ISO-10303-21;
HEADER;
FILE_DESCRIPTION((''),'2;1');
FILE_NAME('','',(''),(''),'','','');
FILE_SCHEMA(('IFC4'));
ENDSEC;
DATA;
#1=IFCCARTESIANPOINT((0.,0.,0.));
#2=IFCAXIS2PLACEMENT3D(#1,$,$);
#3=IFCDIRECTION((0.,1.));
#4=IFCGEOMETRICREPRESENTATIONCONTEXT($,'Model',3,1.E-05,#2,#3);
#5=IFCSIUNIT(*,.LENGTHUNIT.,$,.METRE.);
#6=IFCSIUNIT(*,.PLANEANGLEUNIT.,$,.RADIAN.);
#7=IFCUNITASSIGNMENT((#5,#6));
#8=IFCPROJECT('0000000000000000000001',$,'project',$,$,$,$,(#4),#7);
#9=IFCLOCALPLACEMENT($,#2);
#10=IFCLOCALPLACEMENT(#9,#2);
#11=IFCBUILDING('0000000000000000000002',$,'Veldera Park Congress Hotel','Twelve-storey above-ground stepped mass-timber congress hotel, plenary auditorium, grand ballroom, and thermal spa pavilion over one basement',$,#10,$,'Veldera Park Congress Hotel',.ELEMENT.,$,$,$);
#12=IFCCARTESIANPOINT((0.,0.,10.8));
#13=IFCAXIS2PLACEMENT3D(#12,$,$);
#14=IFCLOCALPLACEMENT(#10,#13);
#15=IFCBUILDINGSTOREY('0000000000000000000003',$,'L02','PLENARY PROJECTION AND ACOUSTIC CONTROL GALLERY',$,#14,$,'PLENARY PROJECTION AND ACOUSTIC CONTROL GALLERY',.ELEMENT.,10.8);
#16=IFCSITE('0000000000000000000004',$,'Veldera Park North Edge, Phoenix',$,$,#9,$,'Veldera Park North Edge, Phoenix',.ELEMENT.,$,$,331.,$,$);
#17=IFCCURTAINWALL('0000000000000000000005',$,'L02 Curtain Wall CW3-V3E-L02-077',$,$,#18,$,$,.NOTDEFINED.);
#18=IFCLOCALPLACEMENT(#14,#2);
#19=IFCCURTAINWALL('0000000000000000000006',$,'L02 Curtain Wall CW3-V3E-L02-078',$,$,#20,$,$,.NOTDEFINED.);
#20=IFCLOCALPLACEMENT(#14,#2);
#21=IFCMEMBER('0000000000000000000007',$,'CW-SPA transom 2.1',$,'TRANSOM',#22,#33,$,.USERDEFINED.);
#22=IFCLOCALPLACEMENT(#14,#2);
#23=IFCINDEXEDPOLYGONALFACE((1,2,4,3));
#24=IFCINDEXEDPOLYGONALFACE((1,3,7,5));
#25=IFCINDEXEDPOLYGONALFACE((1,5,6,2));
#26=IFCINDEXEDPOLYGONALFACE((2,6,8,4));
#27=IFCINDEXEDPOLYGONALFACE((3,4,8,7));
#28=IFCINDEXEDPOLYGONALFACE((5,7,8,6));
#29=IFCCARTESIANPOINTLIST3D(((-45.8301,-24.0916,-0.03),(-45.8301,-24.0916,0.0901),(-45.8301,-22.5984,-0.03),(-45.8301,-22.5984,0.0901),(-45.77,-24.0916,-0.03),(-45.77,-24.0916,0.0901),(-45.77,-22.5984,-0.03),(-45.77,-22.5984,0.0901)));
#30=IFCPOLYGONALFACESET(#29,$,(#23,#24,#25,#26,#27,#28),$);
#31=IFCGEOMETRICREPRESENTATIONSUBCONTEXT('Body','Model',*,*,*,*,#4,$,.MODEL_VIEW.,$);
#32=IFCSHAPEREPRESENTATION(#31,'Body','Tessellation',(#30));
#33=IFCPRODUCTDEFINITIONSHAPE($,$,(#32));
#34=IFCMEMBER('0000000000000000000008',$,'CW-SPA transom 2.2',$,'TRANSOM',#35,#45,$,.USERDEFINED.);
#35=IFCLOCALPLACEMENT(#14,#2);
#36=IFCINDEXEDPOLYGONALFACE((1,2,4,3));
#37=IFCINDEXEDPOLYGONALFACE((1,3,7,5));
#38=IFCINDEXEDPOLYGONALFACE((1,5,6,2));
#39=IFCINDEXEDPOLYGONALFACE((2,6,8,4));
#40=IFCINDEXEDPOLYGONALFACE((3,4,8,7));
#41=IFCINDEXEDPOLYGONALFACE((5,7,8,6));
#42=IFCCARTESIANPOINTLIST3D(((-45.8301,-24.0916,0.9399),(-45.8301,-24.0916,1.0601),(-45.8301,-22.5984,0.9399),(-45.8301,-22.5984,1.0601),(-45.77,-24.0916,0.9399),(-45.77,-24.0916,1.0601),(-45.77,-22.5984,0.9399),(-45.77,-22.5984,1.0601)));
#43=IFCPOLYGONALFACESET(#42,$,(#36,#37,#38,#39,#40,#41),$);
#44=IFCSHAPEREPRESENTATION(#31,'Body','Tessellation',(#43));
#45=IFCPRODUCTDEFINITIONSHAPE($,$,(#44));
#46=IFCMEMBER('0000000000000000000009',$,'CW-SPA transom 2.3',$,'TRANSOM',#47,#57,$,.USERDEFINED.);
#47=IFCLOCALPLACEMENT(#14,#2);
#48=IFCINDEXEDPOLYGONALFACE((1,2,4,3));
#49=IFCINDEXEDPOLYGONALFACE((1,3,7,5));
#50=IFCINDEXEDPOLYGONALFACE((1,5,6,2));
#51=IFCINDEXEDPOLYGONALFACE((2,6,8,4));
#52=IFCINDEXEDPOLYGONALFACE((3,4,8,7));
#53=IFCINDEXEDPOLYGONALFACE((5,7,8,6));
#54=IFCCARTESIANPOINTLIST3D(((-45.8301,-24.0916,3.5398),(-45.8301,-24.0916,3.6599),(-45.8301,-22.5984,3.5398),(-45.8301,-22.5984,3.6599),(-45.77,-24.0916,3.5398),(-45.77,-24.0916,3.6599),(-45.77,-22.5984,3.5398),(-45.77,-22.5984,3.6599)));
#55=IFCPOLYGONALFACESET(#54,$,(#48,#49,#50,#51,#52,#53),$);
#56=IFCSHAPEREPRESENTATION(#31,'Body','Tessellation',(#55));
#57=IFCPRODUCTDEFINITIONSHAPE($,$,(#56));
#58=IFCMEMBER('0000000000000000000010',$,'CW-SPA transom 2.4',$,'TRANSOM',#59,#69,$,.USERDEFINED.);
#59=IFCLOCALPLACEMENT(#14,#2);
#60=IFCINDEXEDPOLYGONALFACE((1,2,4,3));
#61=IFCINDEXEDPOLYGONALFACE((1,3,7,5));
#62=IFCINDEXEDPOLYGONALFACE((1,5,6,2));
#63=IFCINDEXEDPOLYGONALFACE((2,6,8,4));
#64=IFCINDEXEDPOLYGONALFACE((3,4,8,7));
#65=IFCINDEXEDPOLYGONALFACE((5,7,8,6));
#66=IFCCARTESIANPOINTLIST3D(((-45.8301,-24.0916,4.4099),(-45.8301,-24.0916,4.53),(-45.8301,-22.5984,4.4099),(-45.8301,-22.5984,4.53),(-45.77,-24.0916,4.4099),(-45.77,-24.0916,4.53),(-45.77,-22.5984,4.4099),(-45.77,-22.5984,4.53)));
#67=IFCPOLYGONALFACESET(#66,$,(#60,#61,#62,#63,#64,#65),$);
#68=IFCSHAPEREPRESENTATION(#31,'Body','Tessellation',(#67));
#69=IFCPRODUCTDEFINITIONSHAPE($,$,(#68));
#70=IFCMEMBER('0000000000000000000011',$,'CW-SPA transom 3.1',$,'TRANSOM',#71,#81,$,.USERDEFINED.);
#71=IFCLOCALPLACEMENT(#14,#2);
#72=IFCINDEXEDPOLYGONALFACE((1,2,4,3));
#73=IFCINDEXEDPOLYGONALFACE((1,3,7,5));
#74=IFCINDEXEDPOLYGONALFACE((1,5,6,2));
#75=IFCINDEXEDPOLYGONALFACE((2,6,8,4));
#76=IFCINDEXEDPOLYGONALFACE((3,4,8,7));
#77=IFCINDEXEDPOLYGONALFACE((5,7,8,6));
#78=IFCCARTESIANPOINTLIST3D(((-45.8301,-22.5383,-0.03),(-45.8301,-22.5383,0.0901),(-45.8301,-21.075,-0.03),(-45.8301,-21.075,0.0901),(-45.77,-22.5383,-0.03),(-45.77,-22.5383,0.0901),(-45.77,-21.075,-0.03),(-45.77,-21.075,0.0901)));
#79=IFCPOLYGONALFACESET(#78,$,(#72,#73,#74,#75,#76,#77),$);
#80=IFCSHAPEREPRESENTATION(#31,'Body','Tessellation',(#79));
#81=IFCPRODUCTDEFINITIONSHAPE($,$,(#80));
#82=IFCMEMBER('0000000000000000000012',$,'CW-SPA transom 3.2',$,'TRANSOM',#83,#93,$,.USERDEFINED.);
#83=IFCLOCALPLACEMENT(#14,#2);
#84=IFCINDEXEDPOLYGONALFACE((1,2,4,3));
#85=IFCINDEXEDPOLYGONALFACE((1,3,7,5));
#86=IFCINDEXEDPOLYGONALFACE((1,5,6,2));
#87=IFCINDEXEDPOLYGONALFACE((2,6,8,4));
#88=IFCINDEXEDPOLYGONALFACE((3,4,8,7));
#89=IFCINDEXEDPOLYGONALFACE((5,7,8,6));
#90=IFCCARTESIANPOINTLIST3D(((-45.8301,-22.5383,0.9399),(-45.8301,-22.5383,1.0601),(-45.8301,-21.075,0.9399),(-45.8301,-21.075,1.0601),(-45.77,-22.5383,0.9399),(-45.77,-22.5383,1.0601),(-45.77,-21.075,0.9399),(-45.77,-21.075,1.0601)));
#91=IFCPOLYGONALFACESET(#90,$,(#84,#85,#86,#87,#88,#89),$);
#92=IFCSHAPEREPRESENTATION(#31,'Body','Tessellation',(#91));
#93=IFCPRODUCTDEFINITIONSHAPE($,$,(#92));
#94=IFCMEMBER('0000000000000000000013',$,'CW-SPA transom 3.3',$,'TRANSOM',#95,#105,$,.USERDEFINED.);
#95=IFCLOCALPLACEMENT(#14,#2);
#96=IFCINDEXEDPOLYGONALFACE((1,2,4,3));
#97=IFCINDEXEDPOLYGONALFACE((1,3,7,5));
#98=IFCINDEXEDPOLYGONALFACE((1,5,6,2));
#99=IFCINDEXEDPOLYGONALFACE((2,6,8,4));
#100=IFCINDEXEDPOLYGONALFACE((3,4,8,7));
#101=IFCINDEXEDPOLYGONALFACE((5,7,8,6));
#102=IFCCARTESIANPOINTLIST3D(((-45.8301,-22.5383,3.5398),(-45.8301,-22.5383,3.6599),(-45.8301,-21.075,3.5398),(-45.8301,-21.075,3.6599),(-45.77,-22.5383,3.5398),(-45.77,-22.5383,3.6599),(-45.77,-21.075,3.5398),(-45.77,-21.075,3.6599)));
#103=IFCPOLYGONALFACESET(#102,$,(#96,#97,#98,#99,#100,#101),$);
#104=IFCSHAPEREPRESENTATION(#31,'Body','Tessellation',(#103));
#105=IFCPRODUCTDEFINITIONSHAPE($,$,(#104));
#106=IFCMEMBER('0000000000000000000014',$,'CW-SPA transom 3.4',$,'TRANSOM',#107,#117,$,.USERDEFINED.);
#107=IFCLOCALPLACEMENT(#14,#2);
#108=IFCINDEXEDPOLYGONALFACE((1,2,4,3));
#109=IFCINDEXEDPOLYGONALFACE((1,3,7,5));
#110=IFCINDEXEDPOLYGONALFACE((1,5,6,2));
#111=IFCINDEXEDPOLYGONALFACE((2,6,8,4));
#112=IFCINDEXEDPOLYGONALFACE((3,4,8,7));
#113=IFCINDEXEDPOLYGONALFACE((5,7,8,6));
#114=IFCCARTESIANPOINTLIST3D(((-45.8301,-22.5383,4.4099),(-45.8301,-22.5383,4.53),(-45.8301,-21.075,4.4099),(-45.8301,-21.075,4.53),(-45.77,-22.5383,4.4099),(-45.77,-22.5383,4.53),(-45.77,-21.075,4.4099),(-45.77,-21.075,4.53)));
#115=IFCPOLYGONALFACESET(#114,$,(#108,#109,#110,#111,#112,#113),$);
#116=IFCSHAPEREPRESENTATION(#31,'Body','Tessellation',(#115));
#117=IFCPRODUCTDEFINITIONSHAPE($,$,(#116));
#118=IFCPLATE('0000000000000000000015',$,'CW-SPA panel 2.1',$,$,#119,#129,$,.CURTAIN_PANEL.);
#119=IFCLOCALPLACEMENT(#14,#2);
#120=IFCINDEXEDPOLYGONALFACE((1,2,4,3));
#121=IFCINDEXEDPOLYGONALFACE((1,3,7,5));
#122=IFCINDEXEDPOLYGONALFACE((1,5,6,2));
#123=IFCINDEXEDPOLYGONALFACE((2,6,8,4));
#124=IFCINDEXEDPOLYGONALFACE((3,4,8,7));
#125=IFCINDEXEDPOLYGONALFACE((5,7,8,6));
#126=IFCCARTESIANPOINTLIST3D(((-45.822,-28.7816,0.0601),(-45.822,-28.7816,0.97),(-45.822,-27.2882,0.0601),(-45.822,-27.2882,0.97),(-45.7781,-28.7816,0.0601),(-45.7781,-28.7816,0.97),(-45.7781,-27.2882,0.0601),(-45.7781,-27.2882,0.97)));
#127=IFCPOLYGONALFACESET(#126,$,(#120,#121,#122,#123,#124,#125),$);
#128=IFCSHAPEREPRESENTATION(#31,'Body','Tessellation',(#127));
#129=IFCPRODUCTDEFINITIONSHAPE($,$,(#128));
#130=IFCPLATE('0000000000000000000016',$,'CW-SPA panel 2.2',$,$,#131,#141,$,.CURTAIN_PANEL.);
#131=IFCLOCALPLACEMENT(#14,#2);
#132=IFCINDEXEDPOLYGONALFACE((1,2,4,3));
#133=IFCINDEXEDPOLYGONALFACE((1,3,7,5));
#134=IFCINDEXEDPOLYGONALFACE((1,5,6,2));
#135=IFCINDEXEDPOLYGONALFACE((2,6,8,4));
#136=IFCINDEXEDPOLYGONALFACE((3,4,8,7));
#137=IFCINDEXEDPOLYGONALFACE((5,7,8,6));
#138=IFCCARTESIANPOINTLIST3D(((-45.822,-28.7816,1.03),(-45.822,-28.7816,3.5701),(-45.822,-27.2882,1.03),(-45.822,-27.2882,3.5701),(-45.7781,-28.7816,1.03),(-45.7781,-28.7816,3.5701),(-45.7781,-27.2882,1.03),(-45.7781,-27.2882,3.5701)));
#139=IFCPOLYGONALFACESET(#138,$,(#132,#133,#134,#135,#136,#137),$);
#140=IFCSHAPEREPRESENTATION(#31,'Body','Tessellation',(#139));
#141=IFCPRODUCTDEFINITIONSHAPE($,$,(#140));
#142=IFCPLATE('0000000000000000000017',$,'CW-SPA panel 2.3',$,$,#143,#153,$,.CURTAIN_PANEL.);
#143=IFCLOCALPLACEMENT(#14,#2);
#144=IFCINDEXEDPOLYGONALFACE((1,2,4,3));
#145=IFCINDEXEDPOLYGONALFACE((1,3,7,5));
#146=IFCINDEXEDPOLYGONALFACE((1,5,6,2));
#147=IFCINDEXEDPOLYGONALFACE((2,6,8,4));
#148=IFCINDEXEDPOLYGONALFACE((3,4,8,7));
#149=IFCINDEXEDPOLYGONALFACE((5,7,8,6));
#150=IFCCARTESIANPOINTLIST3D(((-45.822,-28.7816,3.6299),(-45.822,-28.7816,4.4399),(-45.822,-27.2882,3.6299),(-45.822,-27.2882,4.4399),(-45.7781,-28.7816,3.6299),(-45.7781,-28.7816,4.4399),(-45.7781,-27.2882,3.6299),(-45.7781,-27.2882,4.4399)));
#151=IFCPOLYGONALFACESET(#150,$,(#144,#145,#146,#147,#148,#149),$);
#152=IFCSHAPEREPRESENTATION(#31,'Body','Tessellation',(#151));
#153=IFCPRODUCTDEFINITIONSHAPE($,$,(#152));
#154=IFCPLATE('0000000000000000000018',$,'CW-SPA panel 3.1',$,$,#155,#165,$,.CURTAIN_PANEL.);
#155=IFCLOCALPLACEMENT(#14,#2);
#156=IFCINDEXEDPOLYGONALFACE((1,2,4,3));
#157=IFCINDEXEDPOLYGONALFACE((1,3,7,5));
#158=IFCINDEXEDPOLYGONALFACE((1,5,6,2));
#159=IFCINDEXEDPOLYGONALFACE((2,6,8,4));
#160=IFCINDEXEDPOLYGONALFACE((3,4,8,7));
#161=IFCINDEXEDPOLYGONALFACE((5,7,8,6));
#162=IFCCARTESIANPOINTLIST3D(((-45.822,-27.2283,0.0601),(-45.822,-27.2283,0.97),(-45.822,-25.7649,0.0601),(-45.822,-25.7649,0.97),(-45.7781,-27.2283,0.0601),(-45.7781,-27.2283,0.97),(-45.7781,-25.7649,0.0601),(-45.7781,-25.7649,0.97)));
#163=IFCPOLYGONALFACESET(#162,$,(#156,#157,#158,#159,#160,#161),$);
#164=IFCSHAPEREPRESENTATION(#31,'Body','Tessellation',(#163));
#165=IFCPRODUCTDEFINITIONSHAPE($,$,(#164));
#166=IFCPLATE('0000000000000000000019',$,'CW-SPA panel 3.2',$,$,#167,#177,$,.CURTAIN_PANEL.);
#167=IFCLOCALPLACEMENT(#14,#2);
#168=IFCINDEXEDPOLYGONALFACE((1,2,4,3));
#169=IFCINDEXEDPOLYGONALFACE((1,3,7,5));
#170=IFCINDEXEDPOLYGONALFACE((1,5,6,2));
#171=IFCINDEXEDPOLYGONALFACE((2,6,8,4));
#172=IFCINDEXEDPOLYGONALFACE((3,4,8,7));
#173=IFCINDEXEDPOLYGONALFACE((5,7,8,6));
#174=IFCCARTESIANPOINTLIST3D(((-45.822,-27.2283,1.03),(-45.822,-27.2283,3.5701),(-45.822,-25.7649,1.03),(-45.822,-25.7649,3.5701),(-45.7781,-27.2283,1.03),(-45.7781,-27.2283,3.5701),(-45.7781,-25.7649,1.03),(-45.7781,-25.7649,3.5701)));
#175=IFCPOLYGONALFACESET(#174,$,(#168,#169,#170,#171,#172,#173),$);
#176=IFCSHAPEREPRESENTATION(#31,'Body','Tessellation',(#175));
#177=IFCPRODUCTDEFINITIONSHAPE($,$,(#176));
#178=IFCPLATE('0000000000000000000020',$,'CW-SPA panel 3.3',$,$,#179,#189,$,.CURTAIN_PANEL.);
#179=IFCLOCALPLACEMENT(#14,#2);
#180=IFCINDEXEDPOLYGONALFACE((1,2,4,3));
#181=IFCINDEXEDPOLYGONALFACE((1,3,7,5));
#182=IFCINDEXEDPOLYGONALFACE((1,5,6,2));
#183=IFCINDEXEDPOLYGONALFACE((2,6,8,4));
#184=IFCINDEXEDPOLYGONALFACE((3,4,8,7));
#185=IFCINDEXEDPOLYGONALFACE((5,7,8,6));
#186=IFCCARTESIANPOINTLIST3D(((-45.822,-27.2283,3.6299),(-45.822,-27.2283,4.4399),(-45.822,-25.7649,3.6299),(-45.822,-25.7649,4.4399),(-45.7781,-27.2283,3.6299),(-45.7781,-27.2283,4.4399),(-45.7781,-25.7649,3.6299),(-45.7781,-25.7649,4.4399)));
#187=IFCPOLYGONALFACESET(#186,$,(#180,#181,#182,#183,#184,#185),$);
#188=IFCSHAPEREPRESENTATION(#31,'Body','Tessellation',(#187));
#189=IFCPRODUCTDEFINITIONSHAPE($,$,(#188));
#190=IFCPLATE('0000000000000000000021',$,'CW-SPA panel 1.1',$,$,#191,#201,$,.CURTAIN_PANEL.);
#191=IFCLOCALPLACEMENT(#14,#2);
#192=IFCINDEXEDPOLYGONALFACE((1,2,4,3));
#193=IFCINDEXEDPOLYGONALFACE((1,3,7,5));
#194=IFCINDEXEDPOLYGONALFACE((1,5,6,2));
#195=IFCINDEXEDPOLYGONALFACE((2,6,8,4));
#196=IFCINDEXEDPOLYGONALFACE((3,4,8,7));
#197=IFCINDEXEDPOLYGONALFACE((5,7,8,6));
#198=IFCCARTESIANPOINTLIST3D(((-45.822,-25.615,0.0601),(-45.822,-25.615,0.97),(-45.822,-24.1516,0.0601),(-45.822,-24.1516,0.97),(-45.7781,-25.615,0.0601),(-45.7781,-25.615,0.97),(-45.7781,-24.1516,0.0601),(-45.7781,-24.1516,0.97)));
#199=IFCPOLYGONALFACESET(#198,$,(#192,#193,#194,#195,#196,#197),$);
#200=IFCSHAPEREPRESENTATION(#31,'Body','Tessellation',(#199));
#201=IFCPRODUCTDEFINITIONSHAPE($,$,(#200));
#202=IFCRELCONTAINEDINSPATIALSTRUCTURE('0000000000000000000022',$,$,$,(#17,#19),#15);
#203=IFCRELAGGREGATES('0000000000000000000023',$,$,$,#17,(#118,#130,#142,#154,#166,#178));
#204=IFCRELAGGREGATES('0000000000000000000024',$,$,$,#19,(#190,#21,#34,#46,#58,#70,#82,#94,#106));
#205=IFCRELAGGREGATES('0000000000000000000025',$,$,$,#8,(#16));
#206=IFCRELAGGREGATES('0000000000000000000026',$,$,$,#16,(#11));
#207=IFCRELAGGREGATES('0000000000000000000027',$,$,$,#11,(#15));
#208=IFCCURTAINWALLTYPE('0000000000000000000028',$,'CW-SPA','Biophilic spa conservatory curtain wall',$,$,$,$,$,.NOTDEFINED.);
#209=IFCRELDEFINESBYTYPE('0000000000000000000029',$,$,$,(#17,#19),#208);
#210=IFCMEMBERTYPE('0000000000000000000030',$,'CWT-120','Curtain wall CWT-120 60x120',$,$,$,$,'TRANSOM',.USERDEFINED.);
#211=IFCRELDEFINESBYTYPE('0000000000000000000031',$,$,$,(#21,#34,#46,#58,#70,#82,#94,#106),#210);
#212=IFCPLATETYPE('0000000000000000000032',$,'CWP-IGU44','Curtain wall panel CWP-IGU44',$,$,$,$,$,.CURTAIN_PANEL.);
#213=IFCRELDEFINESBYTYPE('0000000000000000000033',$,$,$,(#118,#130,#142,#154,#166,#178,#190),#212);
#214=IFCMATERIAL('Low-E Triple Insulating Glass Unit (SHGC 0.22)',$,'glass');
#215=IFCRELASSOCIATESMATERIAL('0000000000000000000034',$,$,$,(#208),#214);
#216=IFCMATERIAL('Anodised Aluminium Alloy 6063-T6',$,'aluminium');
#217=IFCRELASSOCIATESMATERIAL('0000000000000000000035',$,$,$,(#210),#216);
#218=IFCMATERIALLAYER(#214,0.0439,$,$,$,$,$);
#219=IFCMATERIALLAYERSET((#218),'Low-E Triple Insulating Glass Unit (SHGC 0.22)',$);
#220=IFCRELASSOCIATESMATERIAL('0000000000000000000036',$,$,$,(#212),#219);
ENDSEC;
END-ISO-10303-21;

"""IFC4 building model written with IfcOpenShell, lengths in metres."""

from ifc_helpers import new_model, si_unit, direction, frame, origin, origin_2d, place, context, subcontext, project, spatial, rectangle, extrude, material, layer, layer_set, material_profile, profile_set, type_object, element, aggregate, save


model = new_model("IFC4")

# Units and contexts
model_context = context("Model", 3, precision=1e-05, world=origin(), true_north=direction((0.0, 1.0)))
body_context = subcontext(model_context, "Body", "Model", "MODEL_VIEW")
ifc_project = project(units=[si_unit("LENGTHUNIT", "METRE"), si_unit("PLANEANGLEUNIT", "RADIAN")], contexts=[model_context])

# Site, building, storey
site_placement = place(None, origin())
site = spatial("IfcSite", under=ifc_project, at=site_placement, Name="Veldera Park North Edge, Phoenix", LongName="Veldera Park North Edge, Phoenix", CompositionType="ELEMENT", RefElevation=331.0)
building_placement = place(site_placement, origin())
building = spatial("IfcBuilding", under=site, at=building_placement, Name="Veldera Park Congress Hotel", Description="Twelve-storey above-ground stepped mass-timber congress hotel, plenary auditorium, grand ballroom, and thermal spa pavilion over one basement", LongName="Veldera Park Congress Hotel", CompositionType="ELEMENT")
storey_placement = place(building_placement, frame((0.0, 0.0, 10.8)))
storey = spatial("IfcBuildingStorey", under=building, at=storey_placement, Name="L02", Description="PLENARY PROJECTION AND ACOUSTIC CONTROL GALLERY", LongName="PLENARY PROJECTION AND ACOUSTIC CONTROL GALLERY", CompositionType="ELEMENT", Elevation=10.8)

# Curtain walls
ifc_material_1 = material(Name="Low-E Triple Insulating Glass Unit (SHGC 0.22)", Category="glass")
curtain_wall_type = type_object("IfcCurtainWallType", Name="CW-SPA", Description="Biophilic spa conservatory curtain wall", PredefinedType="NOTDEFINED", material=ifc_material_1)
curtain_wall_1_placement = place(storey_placement, origin())
curtain_wall_1 = element("IfcCurtainWall", 1, at=curtain_wall_1_placement, inside=storey, type_object=curtain_wall_type, Name="L02 Curtain Wall CW3-V3E-L02-077", PredefinedType="NOTDEFINED")
ifc_material_2 = material(Name="Anodised Aluminium Alloy 6063-T6", Category="aluminium")
curtain_wall_2_placement = place(storey_placement, origin())
curtain_wall_2 = element("IfcCurtainWall", 2, at=curtain_wall_2_placement, inside=storey, type_object=curtain_wall_type, Name="L02 Curtain Wall CW3-V3E-L02-078", PredefinedType="NOTDEFINED")

# Members
ifc_material_profile_1 = material_profile(ifc_material_2, rectangle(XDim=0.0601, YDim=0.1201, at=origin_2d()), Name="ALU 60x120")
ifc_profile_set_1 = profile_set([ifc_material_profile_1], Name="Anodised Aluminium Alloy 6063-T6")
member_type_1 = type_object("IfcMemberType", Name="CWT-120", Description="Curtain wall CWT-120 60x120", ElementType="TRANSOM", PredefinedType="USERDEFINED", material=ifc_profile_set_1)
member_1_placement = place(storey_placement, frame((-45.8, -24.0916, 0.03), z_axis=(0.0, 1.0, 0.0), x_axis=(-1.0, 0.0, 0.0)))
member_1 = element("IfcMember", 3, at=member_1_placement, type_object=member_type_1, Name="CW-SPA transom 2.1", ObjectType="TRANSOM", PredefinedType="USERDEFINED", context=body_context, shape_type="SweptSolid", body=[
    extrude(rectangle(XDim=0.0601, YDim=0.1201, at=origin_2d()), origin(), (0.0, 0.0, 1.0), 1.4932),
])
member_2_placement = place(storey_placement, frame((-45.8, -24.0916, 1.0), z_axis=(0.0, 1.0, 0.0), x_axis=(-1.0, 0.0, 0.0)))
member_2 = element("IfcMember", 4, at=member_2_placement, type_object=member_type_1, Name="CW-SPA transom 2.2", ObjectType="TRANSOM", PredefinedType="USERDEFINED", context=body_context, shape_type="SweptSolid", body=[
    extrude(rectangle(XDim=0.0601, YDim=0.1201, at=origin_2d()), origin(), (0.0, 0.0, 1.0), 1.4932),
])
member_3_placement = place(storey_placement, frame((-45.8, -24.0916, 3.5999), z_axis=(0.0, 1.0, 0.0), x_axis=(-1.0, 0.0, 0.0)))
member_3 = element("IfcMember", 5, at=member_3_placement, type_object=member_type_1, Name="CW-SPA transom 2.3", ObjectType="TRANSOM", PredefinedType="USERDEFINED", context=body_context, shape_type="SweptSolid", body=[
    extrude(rectangle(XDim=0.0601, YDim=0.1201, at=origin_2d()), origin(), (0.0, 0.0, 1.0), 1.4932),
])
member_4_placement = place(storey_placement, frame((-45.8, -24.0916, 4.47), z_axis=(0.0, 1.0, 0.0), x_axis=(-1.0, 0.0, 0.0)))
member_4 = element("IfcMember", 6, at=member_4_placement, type_object=member_type_1, Name="CW-SPA transom 2.4", ObjectType="TRANSOM", PredefinedType="USERDEFINED", context=body_context, shape_type="SweptSolid", body=[
    extrude(rectangle(XDim=0.0601, YDim=0.1201, at=origin_2d()), origin(), (0.0, 0.0, 1.0), 1.4932),
])
member_5_placement = place(storey_placement, frame((-45.8, -22.5383, 0.03), z_axis=(0.0, 1.0, 0.0), x_axis=(-1.0, 0.0, 0.0)))
member_5 = element("IfcMember", 7, at=member_5_placement, type_object=member_type_1, Name="CW-SPA transom 3.1", ObjectType="TRANSOM", PredefinedType="USERDEFINED", context=body_context, shape_type="SweptSolid", body=[
    extrude(rectangle(XDim=0.0601, YDim=0.1201, at=origin_2d()), origin(), (0.0, 0.0, 1.0), 1.4634),
])
member_6_placement = place(storey_placement, frame((-45.8, -22.5383, 1.0), z_axis=(0.0, 1.0, 0.0), x_axis=(-1.0, 0.0, 0.0)))
member_6 = element("IfcMember", 8, at=member_6_placement, type_object=member_type_1, Name="CW-SPA transom 3.2", ObjectType="TRANSOM", PredefinedType="USERDEFINED", context=body_context, shape_type="SweptSolid", body=[
    extrude(rectangle(XDim=0.0601, YDim=0.1201, at=origin_2d()), origin(), (0.0, 0.0, 1.0), 1.4634),
])
member_7_placement = place(storey_placement, frame((-45.8, -22.5383, 3.5999), z_axis=(0.0, 1.0, 0.0), x_axis=(-1.0, 0.0, 0.0)))
member_7 = element("IfcMember", 9, at=member_7_placement, type_object=member_type_1, Name="CW-SPA transom 3.3", ObjectType="TRANSOM", PredefinedType="USERDEFINED", context=body_context, shape_type="SweptSolid", body=[
    extrude(rectangle(XDim=0.0601, YDim=0.1201, at=origin_2d()), origin(), (0.0, 0.0, 1.0), 1.4634),
])
member_8_placement = place(storey_placement, frame((-45.8, -22.5383, 4.47), z_axis=(0.0, 1.0, 0.0), x_axis=(-1.0, 0.0, 0.0)))
member_8 = element("IfcMember", 10, at=member_8_placement, type_object=member_type_1, Name="CW-SPA transom 3.4", ObjectType="TRANSOM", PredefinedType="USERDEFINED", context=body_context, shape_type="SweptSolid", body=[
    extrude(rectangle(XDim=0.0601, YDim=0.1201, at=origin_2d()), origin(), (0.0, 0.0, 1.0), 1.4634),
])

# Plates
ifc_layer = layer(ifc_material_1, 0.0439)
ifc_layer_set = layer_set([ifc_layer], Name="Low-E Triple Insulating Glass Unit (SHGC 0.22)")
plate_type = type_object("IfcPlateType", Name="CWP-IGU44", Description="Curtain wall panel CWP-IGU44", PredefinedType="CURTAIN_PANEL", material=ifc_layer_set)
plate_1_placement = place(storey_placement, frame((-45.8, -28.0349, 0.0601), z_axis=(0.0, 0.0, 1.0), x_axis=(0.0, 1.0, 0.0)))
plate_1 = element("IfcPlate", 11, at=plate_1_placement, type_object=plate_type, Name="CW-SPA panel 2.1", PredefinedType="CURTAIN_PANEL", context=body_context, shape_type="SweptSolid", body=[
    extrude(rectangle(XDim=1.4934, YDim=0.0439, at=origin_2d()), origin(), (0.0, 0.0, 1.0), 0.9099),
])
plate_2_placement = place(storey_placement, frame((-45.8, -28.0349, 1.03), z_axis=(0.0, 0.0, 1.0), x_axis=(0.0, 1.0, 0.0)))
plate_2 = element("IfcPlate", 12, at=plate_2_placement, type_object=plate_type, Name="CW-SPA panel 2.2", PredefinedType="CURTAIN_PANEL", context=body_context, shape_type="SweptSolid", body=[
    extrude(rectangle(XDim=1.4934, YDim=0.0439, at=origin_2d()), origin(), (0.0, 0.0, 1.0), 2.54),
])
plate_3_placement = place(storey_placement, frame((-45.8, -28.0349, 3.6299), z_axis=(0.0, 0.0, 1.0), x_axis=(0.0, 1.0, 0.0)))
plate_3 = element("IfcPlate", 13, at=plate_3_placement, type_object=plate_type, Name="CW-SPA panel 2.3", PredefinedType="CURTAIN_PANEL", context=body_context, shape_type="SweptSolid", body=[
    extrude(rectangle(XDim=1.4934, YDim=0.0439, at=origin_2d()), origin(), (0.0, 0.0, 1.0), 0.8101),
])
plate_4_placement = place(storey_placement, frame((-45.8, -26.4966, 0.0601), z_axis=(0.0, 0.0, 1.0), x_axis=(0.0, 1.0, 0.0)))
plate_4 = element("IfcPlate", 14, at=plate_4_placement, type_object=plate_type, Name="CW-SPA panel 3.1", PredefinedType="CURTAIN_PANEL", context=body_context, shape_type="SweptSolid", body=[
    extrude(rectangle(XDim=1.4634, YDim=0.0439, at=origin_2d()), origin(), (0.0, 0.0, 1.0), 0.9099),
])
plate_5_placement = place(storey_placement, frame((-45.8, -26.4966, 1.03), z_axis=(0.0, 0.0, 1.0), x_axis=(0.0, 1.0, 0.0)))
plate_5 = element("IfcPlate", 15, at=plate_5_placement, type_object=plate_type, Name="CW-SPA panel 3.2", PredefinedType="CURTAIN_PANEL", context=body_context, shape_type="SweptSolid", body=[
    extrude(rectangle(XDim=1.4634, YDim=0.0439, at=origin_2d()), origin(), (0.0, 0.0, 1.0), 2.54),
])
plate_6_placement = place(storey_placement, frame((-45.8, -26.4966, 3.6299), z_axis=(0.0, 0.0, 1.0), x_axis=(0.0, 1.0, 0.0)))
plate_6 = element("IfcPlate", 16, at=plate_6_placement, type_object=plate_type, Name="CW-SPA panel 3.3", PredefinedType="CURTAIN_PANEL", context=body_context, shape_type="SweptSolid", body=[
    extrude(rectangle(XDim=1.4634, YDim=0.0439, at=origin_2d()), origin(), (0.0, 0.0, 1.0), 0.8101),
])
aggregate(curtain_wall_1, [plate_1, plate_2, plate_3, plate_4, plate_5, plate_6])
plate_7_placement = place(storey_placement, frame((-45.8, -24.8833, 0.0601), z_axis=(0.0, 0.0, 1.0), x_axis=(0.0, 1.0, 0.0)))
plate_7 = element("IfcPlate", 17, at=plate_7_placement, type_object=plate_type, Name="CW-SPA panel 1.1", PredefinedType="CURTAIN_PANEL", context=body_context, shape_type="SweptSolid", body=[
    extrude(rectangle(XDim=1.4634, YDim=0.0439, at=origin_2d()), origin(), (0.0, 0.0, 1.0), 0.9099),
])
aggregate(curtain_wall_2, [plate_7, member_1, member_2, member_3, member_4, member_5, member_6, member_7, member_8])

save(model, "model.ifc")
